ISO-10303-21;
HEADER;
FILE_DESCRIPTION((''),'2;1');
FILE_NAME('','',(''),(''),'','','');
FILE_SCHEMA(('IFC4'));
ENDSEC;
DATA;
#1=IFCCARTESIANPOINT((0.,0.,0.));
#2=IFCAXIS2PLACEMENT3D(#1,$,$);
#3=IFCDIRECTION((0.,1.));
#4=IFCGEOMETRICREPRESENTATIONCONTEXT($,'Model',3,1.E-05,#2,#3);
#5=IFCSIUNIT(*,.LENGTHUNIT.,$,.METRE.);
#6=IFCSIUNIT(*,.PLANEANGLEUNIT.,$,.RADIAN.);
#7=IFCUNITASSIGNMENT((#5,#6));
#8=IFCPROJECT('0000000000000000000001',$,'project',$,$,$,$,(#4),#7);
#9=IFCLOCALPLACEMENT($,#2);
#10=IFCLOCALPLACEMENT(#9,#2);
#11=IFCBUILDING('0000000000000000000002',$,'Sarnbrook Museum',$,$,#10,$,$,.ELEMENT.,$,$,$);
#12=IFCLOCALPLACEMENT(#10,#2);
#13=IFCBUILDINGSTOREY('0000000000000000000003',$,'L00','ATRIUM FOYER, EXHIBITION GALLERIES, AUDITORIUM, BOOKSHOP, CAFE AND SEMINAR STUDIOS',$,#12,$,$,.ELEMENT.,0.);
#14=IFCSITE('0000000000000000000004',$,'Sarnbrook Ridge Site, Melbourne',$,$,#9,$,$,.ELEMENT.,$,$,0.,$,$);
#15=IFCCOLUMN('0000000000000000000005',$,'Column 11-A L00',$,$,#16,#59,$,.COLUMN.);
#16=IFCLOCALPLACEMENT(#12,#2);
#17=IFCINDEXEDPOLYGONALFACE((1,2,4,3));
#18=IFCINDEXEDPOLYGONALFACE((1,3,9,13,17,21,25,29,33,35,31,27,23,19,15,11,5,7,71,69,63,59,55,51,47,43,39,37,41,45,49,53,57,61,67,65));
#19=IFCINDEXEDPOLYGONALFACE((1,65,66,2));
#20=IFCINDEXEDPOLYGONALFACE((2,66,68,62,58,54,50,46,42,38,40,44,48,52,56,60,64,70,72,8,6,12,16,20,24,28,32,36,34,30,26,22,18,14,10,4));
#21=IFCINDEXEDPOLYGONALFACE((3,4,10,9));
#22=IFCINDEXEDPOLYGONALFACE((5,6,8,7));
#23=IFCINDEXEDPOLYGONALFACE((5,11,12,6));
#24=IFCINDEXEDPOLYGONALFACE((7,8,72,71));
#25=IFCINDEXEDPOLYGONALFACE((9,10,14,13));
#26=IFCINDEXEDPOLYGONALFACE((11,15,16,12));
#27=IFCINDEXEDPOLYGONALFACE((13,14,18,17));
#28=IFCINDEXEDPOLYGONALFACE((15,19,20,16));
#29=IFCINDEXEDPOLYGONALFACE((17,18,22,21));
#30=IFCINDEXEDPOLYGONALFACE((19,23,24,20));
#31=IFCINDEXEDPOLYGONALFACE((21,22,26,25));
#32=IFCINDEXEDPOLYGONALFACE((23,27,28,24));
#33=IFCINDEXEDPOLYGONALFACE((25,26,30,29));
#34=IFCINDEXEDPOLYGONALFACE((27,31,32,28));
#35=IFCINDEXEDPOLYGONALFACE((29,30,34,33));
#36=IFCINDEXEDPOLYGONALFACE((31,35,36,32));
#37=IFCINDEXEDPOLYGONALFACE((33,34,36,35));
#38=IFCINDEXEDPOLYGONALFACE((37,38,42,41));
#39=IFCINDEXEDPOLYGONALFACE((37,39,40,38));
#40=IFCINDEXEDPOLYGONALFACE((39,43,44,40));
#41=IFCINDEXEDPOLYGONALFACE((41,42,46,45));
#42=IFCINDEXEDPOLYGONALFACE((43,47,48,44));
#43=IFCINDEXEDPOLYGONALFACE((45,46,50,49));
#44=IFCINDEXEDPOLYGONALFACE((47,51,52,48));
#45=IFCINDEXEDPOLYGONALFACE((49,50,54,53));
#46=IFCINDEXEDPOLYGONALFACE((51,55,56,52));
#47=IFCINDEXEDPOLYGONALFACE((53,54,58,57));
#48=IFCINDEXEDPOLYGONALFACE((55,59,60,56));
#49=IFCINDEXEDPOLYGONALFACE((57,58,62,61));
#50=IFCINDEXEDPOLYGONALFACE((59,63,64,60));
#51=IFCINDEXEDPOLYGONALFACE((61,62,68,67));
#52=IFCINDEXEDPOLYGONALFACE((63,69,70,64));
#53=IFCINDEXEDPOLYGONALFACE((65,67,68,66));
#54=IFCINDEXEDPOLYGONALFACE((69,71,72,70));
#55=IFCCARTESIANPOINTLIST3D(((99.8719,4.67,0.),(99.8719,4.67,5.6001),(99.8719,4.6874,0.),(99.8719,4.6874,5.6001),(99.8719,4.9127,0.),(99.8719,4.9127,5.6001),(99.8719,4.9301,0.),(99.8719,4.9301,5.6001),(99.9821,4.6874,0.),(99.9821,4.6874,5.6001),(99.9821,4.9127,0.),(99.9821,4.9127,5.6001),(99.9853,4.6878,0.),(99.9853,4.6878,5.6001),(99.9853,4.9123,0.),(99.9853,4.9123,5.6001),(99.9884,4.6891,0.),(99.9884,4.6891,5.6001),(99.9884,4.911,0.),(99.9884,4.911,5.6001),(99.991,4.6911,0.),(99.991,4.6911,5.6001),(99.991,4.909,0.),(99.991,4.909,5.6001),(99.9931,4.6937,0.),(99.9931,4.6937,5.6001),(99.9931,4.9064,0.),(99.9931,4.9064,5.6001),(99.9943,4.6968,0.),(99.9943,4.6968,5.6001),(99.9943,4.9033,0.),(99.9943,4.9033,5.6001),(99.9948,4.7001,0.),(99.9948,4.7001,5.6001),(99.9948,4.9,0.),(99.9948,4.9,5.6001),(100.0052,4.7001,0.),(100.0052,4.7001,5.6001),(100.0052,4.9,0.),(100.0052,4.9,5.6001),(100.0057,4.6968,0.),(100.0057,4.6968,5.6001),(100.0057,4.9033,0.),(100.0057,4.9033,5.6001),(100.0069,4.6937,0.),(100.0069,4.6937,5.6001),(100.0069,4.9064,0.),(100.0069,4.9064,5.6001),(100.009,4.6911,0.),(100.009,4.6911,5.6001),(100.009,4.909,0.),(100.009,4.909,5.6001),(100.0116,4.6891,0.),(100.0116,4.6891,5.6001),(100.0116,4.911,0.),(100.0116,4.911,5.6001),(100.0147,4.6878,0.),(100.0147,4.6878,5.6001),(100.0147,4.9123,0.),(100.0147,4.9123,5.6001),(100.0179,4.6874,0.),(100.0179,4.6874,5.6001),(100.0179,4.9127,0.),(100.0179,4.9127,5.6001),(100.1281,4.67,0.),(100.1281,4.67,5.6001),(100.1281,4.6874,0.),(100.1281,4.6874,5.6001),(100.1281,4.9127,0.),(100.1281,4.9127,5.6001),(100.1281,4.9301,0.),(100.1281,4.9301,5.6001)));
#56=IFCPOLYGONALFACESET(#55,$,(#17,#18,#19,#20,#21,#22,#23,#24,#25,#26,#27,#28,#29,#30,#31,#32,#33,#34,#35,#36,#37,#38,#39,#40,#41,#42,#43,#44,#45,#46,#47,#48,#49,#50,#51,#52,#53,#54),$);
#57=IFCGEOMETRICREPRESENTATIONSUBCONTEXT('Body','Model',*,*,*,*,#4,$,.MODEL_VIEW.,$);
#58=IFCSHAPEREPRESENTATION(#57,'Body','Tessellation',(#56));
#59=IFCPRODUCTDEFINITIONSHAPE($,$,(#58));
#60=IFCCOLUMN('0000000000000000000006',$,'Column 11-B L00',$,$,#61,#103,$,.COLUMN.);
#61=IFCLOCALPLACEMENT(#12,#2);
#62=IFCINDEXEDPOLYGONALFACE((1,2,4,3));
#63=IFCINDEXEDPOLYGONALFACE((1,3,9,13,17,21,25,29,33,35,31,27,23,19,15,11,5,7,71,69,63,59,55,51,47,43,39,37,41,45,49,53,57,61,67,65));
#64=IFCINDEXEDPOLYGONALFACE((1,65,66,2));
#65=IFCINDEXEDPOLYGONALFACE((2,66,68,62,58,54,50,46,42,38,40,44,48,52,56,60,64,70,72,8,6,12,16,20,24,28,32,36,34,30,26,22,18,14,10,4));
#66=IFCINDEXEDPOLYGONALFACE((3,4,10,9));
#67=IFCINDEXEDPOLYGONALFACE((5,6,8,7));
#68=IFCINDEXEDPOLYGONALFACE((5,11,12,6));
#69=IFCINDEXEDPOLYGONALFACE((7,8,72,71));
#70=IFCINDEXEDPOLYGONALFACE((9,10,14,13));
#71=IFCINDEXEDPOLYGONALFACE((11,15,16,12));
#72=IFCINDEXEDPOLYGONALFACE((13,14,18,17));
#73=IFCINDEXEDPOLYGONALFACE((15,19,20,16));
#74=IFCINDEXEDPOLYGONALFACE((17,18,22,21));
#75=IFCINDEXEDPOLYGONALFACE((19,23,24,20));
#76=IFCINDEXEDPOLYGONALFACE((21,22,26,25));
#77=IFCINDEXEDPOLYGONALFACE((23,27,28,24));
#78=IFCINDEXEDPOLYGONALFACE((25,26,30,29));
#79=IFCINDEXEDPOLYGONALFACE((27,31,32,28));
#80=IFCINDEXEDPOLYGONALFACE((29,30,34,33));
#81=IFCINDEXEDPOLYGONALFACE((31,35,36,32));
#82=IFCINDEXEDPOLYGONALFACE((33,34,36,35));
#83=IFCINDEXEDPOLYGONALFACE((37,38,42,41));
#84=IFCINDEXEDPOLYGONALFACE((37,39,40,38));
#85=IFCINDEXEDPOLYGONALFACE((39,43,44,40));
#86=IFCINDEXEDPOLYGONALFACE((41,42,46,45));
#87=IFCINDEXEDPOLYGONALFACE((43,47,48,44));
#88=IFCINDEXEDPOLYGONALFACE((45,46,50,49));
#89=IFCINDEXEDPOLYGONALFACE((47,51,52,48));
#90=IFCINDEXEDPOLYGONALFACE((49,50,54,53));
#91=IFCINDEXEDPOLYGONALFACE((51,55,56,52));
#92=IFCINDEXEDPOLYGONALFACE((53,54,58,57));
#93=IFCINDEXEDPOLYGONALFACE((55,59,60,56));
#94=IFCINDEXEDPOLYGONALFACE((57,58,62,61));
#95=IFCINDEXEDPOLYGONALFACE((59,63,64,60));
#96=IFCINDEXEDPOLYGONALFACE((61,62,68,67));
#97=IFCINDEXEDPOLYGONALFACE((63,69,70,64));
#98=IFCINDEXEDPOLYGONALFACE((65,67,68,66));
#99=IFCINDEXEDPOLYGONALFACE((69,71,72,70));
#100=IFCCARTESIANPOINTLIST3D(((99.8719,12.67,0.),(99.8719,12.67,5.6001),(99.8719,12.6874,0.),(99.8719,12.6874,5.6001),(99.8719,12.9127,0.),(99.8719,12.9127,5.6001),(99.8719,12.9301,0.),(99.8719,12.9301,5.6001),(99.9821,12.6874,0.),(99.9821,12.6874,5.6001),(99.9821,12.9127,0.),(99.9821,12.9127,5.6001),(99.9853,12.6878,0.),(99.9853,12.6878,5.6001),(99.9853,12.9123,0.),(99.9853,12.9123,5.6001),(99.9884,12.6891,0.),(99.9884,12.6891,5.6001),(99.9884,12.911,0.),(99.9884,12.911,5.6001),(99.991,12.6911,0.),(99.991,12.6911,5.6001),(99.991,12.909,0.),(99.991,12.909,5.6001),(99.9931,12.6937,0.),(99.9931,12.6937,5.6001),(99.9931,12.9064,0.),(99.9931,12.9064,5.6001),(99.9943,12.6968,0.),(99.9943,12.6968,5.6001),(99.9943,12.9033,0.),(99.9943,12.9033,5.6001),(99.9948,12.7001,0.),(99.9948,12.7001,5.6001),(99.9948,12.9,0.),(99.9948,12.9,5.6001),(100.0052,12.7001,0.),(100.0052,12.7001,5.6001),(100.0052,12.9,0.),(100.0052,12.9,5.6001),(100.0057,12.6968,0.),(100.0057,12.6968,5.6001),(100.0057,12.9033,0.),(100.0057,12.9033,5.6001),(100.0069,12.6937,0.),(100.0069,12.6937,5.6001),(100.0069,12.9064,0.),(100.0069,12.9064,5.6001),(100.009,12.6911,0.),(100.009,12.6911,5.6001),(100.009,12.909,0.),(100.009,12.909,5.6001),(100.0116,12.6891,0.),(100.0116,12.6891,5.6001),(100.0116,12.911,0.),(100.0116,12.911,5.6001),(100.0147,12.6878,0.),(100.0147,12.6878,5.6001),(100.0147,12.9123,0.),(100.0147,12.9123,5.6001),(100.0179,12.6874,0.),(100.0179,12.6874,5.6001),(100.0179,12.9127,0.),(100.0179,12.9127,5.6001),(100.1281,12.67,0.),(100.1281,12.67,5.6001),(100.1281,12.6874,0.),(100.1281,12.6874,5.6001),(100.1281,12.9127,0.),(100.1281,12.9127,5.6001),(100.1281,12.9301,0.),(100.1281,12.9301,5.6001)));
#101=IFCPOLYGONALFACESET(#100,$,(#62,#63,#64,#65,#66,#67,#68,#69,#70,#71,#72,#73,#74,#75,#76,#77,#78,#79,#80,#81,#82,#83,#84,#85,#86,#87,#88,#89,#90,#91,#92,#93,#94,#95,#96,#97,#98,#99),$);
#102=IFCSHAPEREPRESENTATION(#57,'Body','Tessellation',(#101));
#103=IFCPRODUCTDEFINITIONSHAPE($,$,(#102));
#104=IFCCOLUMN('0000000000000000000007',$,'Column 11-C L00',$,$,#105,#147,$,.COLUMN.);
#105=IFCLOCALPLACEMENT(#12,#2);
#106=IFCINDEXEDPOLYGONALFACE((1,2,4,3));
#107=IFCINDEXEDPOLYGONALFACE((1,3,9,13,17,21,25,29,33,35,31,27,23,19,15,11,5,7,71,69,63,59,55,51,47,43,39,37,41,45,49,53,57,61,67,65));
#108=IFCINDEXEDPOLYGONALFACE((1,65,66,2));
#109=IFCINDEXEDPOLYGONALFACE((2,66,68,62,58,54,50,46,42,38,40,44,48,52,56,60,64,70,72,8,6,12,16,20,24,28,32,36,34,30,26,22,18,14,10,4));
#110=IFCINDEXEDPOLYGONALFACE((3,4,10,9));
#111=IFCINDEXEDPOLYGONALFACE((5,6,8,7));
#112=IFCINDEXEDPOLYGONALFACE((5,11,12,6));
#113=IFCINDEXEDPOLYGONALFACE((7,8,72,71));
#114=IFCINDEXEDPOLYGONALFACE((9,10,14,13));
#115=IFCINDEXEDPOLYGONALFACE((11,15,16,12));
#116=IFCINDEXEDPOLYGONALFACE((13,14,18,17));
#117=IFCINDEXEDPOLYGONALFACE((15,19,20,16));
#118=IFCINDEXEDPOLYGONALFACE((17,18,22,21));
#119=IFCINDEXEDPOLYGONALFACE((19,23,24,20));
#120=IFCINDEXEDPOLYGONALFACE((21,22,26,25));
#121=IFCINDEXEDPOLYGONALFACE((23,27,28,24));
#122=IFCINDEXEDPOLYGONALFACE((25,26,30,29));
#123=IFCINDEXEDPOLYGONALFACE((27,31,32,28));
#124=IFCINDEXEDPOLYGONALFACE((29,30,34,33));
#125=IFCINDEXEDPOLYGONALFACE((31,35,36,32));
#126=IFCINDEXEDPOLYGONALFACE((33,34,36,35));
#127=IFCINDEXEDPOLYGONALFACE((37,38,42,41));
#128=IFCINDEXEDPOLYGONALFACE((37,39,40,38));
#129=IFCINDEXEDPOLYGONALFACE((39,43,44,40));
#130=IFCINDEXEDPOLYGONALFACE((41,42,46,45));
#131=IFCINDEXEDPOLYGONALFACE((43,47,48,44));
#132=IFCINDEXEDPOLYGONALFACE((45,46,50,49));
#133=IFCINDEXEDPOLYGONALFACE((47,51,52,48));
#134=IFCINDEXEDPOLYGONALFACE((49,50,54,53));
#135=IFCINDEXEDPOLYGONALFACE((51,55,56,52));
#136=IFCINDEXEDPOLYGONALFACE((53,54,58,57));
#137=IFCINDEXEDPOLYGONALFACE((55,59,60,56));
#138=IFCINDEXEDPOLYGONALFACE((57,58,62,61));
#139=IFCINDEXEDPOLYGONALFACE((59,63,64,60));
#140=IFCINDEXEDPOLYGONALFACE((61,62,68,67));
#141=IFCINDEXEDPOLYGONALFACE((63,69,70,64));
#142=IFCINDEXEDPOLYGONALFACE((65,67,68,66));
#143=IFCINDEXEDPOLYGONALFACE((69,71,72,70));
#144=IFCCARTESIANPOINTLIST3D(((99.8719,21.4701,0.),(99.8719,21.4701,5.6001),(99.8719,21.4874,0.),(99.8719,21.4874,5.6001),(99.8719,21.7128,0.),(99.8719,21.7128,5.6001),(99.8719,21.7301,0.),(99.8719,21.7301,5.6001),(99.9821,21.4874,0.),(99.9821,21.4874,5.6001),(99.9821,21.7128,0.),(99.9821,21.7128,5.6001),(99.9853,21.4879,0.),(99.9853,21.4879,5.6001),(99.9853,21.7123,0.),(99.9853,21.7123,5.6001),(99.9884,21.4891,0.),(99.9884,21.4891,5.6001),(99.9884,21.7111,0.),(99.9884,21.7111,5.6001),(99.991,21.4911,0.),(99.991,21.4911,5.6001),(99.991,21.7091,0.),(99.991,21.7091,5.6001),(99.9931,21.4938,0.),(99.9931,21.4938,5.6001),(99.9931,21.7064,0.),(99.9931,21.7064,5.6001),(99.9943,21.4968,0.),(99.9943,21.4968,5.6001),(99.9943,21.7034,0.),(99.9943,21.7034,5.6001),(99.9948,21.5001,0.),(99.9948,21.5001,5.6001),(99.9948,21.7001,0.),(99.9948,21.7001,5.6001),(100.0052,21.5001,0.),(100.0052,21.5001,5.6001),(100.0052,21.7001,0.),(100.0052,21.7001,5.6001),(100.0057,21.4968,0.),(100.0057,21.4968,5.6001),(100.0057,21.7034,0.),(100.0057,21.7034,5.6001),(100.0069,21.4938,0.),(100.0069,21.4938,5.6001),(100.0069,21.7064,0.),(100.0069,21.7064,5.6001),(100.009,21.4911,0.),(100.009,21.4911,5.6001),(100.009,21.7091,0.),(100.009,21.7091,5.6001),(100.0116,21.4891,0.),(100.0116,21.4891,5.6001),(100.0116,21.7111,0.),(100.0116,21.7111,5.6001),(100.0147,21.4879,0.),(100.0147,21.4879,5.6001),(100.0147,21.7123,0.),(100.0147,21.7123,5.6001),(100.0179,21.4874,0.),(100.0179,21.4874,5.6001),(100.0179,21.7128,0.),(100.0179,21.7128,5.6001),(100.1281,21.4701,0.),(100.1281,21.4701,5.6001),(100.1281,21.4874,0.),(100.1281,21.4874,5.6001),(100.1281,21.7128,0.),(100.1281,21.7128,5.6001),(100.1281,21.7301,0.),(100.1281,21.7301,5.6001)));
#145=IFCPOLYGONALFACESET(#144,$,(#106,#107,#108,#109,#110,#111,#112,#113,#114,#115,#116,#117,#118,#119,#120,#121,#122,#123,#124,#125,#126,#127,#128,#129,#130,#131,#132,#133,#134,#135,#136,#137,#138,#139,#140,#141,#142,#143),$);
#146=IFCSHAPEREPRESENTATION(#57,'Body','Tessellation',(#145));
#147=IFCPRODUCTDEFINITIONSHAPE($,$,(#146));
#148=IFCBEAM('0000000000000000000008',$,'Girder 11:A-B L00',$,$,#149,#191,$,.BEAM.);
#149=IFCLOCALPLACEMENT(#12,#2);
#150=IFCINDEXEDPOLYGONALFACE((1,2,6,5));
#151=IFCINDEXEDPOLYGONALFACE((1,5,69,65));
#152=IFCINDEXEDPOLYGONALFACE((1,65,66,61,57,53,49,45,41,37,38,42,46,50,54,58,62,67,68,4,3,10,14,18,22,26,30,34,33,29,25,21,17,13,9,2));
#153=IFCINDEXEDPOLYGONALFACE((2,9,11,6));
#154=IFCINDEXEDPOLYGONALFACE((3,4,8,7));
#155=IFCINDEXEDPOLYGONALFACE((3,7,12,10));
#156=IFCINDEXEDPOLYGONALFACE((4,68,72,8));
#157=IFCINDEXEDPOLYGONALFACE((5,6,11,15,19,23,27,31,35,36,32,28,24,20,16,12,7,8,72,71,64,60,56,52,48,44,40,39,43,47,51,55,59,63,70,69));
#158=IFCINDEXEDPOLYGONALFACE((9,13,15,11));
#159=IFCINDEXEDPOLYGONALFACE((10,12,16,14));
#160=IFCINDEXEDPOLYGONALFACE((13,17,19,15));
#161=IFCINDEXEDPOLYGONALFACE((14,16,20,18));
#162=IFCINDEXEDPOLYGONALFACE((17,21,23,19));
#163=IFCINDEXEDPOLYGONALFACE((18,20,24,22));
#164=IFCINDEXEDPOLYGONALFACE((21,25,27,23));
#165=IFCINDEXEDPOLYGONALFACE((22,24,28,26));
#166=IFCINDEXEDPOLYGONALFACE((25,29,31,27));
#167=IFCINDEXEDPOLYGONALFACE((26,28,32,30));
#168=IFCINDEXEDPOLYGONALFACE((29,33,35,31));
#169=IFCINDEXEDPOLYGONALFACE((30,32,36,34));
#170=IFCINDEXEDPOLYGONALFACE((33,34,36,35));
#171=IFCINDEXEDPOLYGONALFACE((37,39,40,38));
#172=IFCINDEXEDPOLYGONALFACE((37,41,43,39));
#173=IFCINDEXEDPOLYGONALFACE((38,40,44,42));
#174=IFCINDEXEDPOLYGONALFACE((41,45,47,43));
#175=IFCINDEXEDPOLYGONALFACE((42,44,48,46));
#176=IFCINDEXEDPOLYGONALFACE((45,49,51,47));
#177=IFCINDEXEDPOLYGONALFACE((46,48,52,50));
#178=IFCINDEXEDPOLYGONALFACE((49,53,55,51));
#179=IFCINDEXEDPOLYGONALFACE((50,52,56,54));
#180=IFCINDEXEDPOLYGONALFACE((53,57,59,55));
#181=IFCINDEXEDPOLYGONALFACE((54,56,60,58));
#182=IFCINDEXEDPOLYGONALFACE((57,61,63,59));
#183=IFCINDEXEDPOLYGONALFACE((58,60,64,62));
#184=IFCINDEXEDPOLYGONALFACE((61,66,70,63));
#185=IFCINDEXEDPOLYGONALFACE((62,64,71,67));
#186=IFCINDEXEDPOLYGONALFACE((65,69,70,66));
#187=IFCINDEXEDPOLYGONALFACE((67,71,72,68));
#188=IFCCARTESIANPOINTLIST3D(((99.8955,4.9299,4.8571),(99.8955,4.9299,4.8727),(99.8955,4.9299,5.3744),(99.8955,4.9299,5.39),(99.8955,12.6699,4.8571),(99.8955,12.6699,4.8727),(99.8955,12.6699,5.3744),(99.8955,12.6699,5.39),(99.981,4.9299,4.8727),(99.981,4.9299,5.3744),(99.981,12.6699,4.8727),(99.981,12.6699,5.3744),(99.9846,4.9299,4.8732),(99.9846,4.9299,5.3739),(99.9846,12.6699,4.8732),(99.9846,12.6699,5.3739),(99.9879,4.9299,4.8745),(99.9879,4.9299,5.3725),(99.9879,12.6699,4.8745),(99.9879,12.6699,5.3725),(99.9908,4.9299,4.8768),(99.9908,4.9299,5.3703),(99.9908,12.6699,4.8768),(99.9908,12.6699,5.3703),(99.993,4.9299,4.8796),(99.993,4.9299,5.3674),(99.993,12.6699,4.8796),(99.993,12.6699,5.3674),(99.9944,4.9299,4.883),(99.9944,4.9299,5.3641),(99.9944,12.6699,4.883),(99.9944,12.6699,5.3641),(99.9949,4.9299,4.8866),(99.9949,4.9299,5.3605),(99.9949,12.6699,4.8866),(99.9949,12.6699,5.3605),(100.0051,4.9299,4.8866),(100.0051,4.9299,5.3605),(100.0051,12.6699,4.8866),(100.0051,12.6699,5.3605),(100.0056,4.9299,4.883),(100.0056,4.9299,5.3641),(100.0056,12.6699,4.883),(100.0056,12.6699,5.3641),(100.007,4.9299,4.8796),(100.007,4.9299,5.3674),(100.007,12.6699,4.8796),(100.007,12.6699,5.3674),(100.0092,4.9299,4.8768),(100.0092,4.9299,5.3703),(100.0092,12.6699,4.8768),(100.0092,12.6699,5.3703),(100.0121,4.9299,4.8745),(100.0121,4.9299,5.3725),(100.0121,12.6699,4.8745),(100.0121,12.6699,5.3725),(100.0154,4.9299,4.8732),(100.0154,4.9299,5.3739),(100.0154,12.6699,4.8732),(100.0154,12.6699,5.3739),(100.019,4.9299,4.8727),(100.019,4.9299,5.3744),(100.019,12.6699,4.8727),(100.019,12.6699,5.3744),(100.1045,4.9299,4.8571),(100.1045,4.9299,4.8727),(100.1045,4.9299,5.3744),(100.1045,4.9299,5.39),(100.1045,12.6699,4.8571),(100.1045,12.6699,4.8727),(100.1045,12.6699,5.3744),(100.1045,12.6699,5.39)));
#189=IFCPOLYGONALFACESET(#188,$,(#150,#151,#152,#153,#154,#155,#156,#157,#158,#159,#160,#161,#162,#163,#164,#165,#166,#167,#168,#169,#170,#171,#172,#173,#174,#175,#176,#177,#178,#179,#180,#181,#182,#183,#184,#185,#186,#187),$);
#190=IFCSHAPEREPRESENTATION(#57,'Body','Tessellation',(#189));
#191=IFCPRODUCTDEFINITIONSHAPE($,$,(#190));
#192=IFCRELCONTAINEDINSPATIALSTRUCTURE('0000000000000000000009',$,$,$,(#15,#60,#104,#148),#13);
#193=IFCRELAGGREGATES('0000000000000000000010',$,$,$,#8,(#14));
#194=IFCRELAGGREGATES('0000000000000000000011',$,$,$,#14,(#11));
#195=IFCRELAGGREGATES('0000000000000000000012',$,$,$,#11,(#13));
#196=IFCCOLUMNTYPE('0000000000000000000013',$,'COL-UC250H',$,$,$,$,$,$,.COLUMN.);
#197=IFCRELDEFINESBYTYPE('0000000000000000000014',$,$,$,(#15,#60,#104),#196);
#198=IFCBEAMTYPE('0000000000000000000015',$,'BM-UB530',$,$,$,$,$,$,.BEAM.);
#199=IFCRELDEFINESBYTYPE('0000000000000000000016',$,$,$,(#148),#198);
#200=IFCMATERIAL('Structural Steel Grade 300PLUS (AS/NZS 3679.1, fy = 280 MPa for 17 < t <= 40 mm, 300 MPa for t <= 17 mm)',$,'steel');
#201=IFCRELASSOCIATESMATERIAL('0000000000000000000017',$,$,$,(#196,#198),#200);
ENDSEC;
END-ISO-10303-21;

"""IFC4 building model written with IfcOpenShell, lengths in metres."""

from ifc_helpers import new_model, si_unit, direction, frame, origin, origin_2d, place, context, subcontext, project, spatial, i_section, extrude, material, material_profile, profile_set, type_object, element, save


model = new_model("IFC4")

# Units and contexts
model_context = context("Model", 3, precision=1e-05, world=origin(), true_north=direction((0.0, 1.0)))
body_context = subcontext(model_context, "Body", "Model", "MODEL_VIEW")
ifc_project = project(units=[si_unit("LENGTHUNIT", "METRE"), si_unit("PLANEANGLEUNIT", "RADIAN")], contexts=[model_context])

# Site, building, storey
site_placement = place(None, origin())
site = spatial("IfcSite", under=ifc_project, at=site_placement, Name="Sarnbrook Ridge Site, Melbourne", CompositionType="ELEMENT", RefElevation=0.0)
building_placement = place(site_placement, origin())
building = spatial("IfcBuilding", under=site, at=building_placement, Name="Sarnbrook Museum", CompositionType="ELEMENT")
storey_placement = place(building_placement, origin())
storey = spatial("IfcBuildingStorey", under=building, at=storey_placement, Name="L00", Description="ATRIUM FOYER, EXHIBITION GALLERIES, AUDITORIUM, BOOKSHOP, CAFE AND SEMINAR STUDIOS", CompositionType="ELEMENT", Elevation=0.0)

# Columns
ifc_material_1 = material(Name="Structural Steel Grade 300PLUS (AS/NZS 3679.1, fy = 280 MPa for 17 < t <= 40 mm, 300 MPa for t <= 17 mm)", Category="steel")
ifc_material_profile_1 = material_profile(ifc_material_1, i_section(OverallWidth=0.2561, OverallDepth=0.26, WebThickness=0.0105, FlangeThickness=0.0173, FilletRadius=0.0127, at=origin_2d()), Name="250UC89.5")
ifc_profile_set_1 = profile_set([ifc_material_profile_1], Name="Structural Steel Grade 300PLUS (AS/NZS 3679.1, fy = 280 MPa for 17 < t <= 40 mm, 300 MPa for t <= 17 mm)")
column_type = type_object("IfcColumnType", Name="COL-UC250H", PredefinedType="COLUMN", material=ifc_profile_set_1)
for number, where, z_axis, x_axis, name in (
    (1, (100.0, 4.8, 0.0), (0.0, 0.0, 1.0), (1.0, 0.0, 0.0), "Column 11-A L00"),
    (2, (100.0, 12.8, 0.0), (0.0, 0.0, 1.0), (1.0, 0.0, 0.0), "Column 11-B L00"),
    (3, (100.0, 21.6001, 0.0), (0.0, 0.0, 1.0), (1.0, 0.0, 0.0), "Column 11-C L00"),
):
    element("IfcColumn", number, at=place(storey_placement, frame(where, z_axis=z_axis, x_axis=x_axis)), inside=storey, type_object=column_type, Name=name, PredefinedType="COLUMN", context=body_context, shape_type="SweptSolid", body=[
        extrude(i_section(OverallWidth=0.2561, OverallDepth=0.26, WebThickness=0.0105, FlangeThickness=0.0173, FilletRadius=0.0127, at=origin_2d()), origin(), (0.0, 0.0, 1.0), 5.6001),
    ])

# Beam
ifc_material_profile_2 = material_profile(ifc_material_1, i_section(OverallWidth=0.209, OverallDepth=0.533, WebThickness=0.0103, FlangeThickness=0.0156, FilletRadius=0.0139, at=origin_2d()), Name="530UB92.4")
ifc_profile_set_2 = profile_set([ifc_material_profile_2], Name="Structural Steel Grade 300PLUS (AS/NZS 3679.1, fy = 280 MPa for 17 < t <= 40 mm, 300 MPa for t <= 17 mm)")
beam_type_1 = type_object("IfcBeamType", Name="BM-UB530", PredefinedType="BEAM", material=ifc_profile_set_2)
beam_1_placement = place(storey_placement, frame((100.0, 4.9299, 5.1235), z_axis=(0.0, 1.0, 0.0), x_axis=(-1.0, 0.0, 0.0)))
element("IfcBeam", 4, at=beam_1_placement, inside=storey, type_object=beam_type_1, Name="Girder 11:A-B L00", PredefinedType="BEAM", context=body_context, shape_type="SweptSolid", body=[
    extrude(i_section(OverallWidth=0.209, OverallDepth=0.533, WebThickness=0.0103, FlangeThickness=0.0156, FilletRadius=0.0139, at=origin_2d()), origin(), (0.0, 0.0, 1.0), 7.74),
])

save(model, "model.ifc")
